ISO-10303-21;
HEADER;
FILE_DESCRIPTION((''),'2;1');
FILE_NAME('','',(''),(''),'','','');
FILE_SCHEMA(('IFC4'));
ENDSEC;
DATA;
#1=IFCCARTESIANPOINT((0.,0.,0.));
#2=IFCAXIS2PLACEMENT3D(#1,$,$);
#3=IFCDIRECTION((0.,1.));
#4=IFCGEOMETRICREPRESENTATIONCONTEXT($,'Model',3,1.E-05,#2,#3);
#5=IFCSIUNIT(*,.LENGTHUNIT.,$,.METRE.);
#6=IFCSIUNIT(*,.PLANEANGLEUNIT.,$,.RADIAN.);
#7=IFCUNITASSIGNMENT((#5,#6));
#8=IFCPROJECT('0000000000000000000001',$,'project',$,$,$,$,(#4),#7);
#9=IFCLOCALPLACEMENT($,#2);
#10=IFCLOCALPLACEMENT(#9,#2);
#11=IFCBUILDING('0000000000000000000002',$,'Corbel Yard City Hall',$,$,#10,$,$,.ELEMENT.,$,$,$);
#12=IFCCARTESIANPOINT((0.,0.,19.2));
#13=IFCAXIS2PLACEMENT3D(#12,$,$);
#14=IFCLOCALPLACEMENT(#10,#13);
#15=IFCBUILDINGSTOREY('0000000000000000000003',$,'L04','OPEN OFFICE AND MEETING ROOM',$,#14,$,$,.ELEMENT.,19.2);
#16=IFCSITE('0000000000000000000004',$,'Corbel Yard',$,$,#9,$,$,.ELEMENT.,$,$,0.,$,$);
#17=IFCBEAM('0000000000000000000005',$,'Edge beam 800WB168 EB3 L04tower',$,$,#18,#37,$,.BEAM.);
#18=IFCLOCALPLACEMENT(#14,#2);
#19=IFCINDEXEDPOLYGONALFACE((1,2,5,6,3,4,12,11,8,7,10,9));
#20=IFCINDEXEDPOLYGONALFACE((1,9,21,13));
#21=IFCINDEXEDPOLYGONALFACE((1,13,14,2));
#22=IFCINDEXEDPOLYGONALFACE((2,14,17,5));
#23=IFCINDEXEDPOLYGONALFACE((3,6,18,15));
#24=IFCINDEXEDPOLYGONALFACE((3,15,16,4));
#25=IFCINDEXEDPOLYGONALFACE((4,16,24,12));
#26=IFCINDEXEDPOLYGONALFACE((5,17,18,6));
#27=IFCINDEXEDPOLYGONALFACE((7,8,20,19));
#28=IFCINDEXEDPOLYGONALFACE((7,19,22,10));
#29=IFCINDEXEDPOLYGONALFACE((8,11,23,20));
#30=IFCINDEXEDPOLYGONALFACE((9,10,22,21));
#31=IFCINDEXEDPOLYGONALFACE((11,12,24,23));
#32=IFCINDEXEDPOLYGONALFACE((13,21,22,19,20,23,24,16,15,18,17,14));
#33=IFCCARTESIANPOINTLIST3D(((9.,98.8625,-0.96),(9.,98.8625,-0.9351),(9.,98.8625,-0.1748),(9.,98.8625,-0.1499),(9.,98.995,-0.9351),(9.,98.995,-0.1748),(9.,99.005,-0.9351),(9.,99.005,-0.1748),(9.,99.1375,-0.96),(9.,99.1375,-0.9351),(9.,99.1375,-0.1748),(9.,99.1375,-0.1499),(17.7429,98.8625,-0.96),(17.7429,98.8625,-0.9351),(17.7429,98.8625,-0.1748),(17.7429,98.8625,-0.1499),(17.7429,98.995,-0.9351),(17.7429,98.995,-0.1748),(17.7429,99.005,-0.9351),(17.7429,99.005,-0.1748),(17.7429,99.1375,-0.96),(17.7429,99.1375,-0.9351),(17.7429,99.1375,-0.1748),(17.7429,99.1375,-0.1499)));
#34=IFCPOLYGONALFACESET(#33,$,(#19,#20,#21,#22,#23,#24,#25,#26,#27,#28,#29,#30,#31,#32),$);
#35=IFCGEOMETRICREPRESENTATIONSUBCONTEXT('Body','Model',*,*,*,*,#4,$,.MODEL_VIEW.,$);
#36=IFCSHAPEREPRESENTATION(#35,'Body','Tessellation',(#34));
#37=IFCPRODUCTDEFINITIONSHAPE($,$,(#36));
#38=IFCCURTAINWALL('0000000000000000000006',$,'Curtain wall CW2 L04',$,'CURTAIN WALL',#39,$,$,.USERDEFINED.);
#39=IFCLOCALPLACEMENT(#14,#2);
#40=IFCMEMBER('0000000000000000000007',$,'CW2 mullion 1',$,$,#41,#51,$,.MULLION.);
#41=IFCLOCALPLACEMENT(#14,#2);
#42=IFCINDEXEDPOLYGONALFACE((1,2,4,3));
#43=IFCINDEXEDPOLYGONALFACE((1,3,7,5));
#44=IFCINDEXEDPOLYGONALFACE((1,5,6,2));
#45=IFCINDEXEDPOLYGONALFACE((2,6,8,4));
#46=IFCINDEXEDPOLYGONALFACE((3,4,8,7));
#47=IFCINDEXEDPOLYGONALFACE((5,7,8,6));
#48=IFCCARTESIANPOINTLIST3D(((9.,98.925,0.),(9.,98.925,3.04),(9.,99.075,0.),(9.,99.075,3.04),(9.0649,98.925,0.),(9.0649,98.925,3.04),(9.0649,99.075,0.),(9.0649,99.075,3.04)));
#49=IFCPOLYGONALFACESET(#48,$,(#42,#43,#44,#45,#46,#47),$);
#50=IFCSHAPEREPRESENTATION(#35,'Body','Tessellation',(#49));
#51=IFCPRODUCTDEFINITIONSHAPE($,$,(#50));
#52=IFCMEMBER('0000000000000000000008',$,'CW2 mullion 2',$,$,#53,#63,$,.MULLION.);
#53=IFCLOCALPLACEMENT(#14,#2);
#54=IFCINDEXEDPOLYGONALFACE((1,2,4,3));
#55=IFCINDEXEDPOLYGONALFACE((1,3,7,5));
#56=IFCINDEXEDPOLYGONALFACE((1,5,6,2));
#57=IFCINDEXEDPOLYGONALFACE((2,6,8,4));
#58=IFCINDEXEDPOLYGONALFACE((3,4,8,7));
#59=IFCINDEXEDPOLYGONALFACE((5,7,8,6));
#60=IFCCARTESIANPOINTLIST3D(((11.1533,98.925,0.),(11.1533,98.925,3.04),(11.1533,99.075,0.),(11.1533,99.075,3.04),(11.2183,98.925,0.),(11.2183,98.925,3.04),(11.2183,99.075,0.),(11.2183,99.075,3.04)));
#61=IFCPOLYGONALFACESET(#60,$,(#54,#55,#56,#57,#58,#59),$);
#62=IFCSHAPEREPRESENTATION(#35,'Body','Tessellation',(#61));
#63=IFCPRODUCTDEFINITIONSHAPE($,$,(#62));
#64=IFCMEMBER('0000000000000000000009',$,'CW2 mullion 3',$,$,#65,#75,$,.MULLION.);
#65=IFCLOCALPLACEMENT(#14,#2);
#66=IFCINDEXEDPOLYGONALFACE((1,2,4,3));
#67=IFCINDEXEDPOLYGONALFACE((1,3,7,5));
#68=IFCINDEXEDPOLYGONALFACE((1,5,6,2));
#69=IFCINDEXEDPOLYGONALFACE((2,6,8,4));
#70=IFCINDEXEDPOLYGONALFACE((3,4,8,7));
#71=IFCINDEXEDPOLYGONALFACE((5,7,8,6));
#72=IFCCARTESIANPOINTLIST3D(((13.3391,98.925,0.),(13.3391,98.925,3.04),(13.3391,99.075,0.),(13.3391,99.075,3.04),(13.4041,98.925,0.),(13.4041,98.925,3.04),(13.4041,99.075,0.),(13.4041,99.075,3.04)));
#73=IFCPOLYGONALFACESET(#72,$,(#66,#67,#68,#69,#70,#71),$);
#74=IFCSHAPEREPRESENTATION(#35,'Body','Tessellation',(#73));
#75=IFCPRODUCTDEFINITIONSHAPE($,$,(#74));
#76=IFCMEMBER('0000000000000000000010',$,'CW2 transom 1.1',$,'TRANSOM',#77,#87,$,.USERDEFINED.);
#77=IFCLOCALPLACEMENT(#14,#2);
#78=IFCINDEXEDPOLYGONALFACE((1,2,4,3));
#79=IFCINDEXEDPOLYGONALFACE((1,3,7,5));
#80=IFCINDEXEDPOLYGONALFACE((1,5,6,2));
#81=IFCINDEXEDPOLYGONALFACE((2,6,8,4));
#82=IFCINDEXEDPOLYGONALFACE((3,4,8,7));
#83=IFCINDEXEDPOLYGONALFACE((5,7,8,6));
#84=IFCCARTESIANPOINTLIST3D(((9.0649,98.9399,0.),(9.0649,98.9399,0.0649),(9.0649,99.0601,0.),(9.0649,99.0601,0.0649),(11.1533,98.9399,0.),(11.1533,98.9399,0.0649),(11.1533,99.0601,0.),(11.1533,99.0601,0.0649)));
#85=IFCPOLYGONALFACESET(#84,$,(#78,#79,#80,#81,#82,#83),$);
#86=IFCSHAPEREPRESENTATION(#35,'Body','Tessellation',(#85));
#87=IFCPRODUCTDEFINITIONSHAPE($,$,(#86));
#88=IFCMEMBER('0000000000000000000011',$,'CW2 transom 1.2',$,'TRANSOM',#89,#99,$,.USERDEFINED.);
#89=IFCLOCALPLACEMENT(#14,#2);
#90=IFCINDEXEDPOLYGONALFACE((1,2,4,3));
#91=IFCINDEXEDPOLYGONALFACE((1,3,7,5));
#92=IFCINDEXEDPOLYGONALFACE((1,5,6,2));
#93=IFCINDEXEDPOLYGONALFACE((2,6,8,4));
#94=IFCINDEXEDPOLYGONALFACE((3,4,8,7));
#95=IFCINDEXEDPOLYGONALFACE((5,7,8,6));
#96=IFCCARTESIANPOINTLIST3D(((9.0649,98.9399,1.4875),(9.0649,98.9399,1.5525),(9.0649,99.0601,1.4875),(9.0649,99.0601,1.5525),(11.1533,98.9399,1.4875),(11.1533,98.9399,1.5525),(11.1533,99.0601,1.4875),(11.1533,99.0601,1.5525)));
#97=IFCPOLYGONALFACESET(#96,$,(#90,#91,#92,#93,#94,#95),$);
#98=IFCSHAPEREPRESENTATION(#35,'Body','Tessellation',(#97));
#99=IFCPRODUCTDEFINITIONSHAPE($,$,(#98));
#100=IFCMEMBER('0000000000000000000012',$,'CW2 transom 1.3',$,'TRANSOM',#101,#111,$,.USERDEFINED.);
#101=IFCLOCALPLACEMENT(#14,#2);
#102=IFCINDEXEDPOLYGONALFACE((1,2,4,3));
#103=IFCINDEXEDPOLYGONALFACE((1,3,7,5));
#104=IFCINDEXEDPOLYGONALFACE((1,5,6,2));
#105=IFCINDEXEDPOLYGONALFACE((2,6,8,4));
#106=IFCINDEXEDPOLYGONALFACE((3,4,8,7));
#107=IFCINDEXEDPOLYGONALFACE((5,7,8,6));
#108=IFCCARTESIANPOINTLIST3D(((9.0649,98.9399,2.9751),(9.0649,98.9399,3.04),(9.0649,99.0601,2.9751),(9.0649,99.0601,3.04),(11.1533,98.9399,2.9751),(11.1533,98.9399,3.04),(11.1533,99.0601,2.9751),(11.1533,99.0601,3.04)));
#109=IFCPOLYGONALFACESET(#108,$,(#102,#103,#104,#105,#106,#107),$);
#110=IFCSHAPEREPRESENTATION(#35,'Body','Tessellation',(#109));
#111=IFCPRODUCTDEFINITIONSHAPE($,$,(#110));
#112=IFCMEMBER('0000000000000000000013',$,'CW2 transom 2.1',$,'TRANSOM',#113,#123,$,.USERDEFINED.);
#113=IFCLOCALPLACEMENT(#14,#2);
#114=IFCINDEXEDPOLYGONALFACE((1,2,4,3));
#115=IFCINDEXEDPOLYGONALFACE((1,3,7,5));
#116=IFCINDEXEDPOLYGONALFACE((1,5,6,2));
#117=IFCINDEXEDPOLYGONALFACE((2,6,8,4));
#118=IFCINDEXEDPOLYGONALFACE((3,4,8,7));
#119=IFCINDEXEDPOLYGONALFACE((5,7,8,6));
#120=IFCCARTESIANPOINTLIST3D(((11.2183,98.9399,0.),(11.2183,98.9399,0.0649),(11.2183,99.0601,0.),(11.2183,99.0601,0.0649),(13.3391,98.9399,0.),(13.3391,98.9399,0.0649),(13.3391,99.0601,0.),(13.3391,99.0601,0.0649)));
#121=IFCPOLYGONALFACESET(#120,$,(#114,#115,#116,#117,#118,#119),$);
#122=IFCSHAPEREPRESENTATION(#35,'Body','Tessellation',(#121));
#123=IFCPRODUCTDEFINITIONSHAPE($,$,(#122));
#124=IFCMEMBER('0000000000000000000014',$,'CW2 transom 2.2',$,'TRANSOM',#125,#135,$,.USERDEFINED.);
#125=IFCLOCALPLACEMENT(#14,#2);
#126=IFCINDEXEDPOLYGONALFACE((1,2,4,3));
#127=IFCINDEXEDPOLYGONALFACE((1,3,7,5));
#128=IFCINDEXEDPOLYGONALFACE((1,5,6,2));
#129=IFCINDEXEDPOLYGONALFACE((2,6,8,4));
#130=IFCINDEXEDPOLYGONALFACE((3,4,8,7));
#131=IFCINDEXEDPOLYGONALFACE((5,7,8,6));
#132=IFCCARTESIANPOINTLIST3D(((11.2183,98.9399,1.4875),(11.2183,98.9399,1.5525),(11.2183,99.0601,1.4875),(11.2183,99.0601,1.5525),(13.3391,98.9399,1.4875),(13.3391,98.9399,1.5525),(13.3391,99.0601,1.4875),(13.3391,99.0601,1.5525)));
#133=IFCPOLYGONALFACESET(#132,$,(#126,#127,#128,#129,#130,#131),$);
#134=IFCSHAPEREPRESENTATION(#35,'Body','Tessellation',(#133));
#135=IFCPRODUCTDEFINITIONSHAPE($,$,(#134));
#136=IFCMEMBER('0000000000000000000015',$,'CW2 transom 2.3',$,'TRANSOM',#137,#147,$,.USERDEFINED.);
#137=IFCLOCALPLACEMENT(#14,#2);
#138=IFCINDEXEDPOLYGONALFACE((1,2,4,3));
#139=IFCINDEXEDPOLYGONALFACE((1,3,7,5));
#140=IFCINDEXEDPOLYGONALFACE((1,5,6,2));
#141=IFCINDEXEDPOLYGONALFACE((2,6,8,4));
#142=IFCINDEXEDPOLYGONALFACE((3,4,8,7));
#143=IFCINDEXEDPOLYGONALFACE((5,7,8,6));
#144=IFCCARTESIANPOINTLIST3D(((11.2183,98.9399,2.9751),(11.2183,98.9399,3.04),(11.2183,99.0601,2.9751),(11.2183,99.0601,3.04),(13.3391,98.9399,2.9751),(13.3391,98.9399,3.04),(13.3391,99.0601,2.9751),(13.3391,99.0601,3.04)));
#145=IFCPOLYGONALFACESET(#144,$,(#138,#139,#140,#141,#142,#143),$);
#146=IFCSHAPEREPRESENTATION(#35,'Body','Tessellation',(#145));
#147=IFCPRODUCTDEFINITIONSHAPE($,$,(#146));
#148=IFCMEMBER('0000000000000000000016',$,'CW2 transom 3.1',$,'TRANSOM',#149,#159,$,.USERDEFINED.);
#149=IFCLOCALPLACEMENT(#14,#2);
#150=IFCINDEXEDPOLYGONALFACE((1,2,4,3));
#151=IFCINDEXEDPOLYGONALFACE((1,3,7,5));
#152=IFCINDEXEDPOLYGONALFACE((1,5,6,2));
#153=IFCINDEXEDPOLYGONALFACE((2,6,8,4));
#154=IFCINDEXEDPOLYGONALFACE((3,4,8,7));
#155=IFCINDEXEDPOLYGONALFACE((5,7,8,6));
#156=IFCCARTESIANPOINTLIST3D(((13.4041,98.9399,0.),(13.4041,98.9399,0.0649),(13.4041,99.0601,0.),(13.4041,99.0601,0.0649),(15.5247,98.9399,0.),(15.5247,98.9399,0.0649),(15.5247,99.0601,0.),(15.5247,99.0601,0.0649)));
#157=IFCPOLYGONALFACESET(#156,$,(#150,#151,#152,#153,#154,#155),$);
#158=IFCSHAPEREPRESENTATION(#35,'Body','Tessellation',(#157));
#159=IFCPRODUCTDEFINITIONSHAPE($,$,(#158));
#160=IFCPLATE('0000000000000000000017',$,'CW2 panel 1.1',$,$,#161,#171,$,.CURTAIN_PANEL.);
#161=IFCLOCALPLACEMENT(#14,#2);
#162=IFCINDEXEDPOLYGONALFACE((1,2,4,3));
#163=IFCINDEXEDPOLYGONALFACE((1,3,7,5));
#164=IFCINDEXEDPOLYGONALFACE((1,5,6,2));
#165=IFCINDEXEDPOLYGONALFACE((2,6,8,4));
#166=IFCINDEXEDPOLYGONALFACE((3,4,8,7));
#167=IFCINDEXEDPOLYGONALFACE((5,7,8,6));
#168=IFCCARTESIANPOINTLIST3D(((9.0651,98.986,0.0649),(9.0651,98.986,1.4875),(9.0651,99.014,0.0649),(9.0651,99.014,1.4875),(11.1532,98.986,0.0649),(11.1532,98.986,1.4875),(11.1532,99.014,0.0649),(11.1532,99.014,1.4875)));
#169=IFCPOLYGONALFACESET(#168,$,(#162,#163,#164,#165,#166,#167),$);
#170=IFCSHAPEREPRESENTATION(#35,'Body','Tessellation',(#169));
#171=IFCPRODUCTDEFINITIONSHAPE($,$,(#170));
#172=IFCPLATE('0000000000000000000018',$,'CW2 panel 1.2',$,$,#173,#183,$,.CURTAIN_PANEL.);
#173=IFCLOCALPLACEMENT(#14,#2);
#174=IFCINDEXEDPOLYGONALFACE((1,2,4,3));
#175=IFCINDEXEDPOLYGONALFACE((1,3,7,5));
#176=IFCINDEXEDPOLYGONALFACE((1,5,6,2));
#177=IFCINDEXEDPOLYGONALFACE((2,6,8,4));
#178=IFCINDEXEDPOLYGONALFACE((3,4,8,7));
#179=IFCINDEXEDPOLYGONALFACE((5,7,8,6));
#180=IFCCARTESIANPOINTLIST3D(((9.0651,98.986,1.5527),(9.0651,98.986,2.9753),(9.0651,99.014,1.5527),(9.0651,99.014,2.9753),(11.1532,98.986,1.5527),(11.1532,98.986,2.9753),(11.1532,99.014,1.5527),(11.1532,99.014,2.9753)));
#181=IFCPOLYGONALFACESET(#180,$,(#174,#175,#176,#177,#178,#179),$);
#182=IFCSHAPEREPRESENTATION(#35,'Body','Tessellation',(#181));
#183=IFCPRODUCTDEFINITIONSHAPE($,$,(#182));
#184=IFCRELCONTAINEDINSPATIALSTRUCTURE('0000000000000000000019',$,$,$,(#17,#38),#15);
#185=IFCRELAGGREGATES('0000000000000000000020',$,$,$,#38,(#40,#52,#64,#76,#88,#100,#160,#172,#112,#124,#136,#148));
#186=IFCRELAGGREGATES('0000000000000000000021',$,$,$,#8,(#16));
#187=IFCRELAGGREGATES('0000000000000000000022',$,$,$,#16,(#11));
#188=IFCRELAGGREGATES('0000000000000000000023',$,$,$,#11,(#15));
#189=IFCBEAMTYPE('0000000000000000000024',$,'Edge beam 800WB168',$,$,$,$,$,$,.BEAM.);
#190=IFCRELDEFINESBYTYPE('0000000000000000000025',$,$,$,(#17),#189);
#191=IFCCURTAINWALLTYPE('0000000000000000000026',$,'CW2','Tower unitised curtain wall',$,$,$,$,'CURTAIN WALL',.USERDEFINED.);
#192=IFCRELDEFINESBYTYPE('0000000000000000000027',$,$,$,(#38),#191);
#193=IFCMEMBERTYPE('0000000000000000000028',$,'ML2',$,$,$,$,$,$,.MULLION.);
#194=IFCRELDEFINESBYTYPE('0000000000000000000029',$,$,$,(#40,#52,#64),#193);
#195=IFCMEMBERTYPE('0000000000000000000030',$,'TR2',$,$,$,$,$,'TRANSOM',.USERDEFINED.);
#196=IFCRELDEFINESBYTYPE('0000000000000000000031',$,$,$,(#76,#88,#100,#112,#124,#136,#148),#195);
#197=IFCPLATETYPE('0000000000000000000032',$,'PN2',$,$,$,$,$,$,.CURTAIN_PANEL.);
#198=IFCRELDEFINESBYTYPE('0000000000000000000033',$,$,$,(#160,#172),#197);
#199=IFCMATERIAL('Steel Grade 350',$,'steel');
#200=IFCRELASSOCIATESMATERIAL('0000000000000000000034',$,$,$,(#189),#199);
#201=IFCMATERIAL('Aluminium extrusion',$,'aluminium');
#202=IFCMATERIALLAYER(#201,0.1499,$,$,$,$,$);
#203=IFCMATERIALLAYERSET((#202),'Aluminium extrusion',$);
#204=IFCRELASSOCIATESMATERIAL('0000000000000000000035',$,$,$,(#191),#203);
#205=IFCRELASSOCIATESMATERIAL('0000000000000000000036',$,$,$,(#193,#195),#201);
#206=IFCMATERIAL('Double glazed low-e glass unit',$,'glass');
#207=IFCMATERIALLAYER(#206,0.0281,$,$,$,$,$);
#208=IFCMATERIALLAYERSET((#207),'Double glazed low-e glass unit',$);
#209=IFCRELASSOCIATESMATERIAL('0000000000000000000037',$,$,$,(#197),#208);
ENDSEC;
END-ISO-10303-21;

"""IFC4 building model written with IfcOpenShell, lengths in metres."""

from ifc_helpers import new_model, si_unit, direction, frame, origin, origin_2d, place, context, subcontext, project, spatial, rectangle, i_section, extrude, material, layer, layer_set, material_profile, profile_set, type_object, element, aggregate, save


model = new_model("IFC4")

# Units and contexts
model_context = context("Model", 3, precision=1e-05, world=origin(), true_north=direction((0.0, 1.0)))
body_context = subcontext(model_context, "Body", "Model", "MODEL_VIEW")
ifc_project = project(units=[si_unit("LENGTHUNIT", "METRE"), si_unit("PLANEANGLEUNIT", "RADIAN")], contexts=[model_context])

# Site, building, storey
site_placement = place(None, origin())
site = spatial("IfcSite", under=ifc_project, at=site_placement, Name="Corbel Yard", CompositionType="ELEMENT", RefElevation=0.0)
building_placement = place(site_placement, origin())
building = spatial("IfcBuilding", under=site, at=building_placement, Name="Corbel Yard City Hall", CompositionType="ELEMENT")
storey_placement = place(building_placement, frame((0.0, 0.0, 19.2)))
storey = spatial("IfcBuildingStorey", under=building, at=storey_placement, Name="L04", Description="OPEN OFFICE AND MEETING ROOM", CompositionType="ELEMENT", Elevation=19.2)

# Beam
ifc_material_1 = material(Name="Steel Grade 350", Category="steel")
ifc_material_profile_1 = material_profile(ifc_material_1, i_section(OverallWidth=0.2749, OverallDepth=0.8101, WebThickness=0.01, FlangeThickness=0.0249, at=origin_2d()), Name="800WB168")
ifc_profile_set_1 = profile_set([ifc_material_profile_1], Name="Steel Grade 350")
beam_type = type_object("IfcBeamType", Name="Edge beam 800WB168", PredefinedType="BEAM", material=ifc_profile_set_1)
beam_placement = place(storey_placement, frame((9.0, 99.0, -0.5549), z_axis=(1.0, 0.0, 0.0), x_axis=(0.0, 1.0, 0.0)))
element("IfcBeam", 1, at=beam_placement, inside=storey, type_object=beam_type, Name="Edge beam 800WB168 EB3 L04tower", PredefinedType="BEAM", context=body_context, shape_type="SweptSolid", body=[
    extrude(i_section(OverallWidth=0.2749, OverallDepth=0.8101, WebThickness=0.01, FlangeThickness=0.0249, at=origin_2d()), origin(), (0.0, 0.0, 1.0), 8.7429),
])

# Curtain wall, members, plates
ifc_material_2 = material(Name="Aluminium extrusion", Category="aluminium")
ifc_layer_1 = layer(ifc_material_2, 0.1499)
ifc_layer_set_1 = layer_set([ifc_layer_1], Name="Aluminium extrusion")
curtain_wall_type = type_object("IfcCurtainWallType", Name="CW2", Description="Tower unitised curtain wall", ElementType="CURTAIN WALL", PredefinedType="USERDEFINED", material=ifc_layer_set_1)
curtain_wall_placement = place(storey_placement, origin())
curtain_wall = element("IfcCurtainWall", 2, at=curtain_wall_placement, inside=storey, type_object=curtain_wall_type, Name="Curtain wall CW2 L04", ObjectType="CURTAIN WALL", PredefinedType="USERDEFINED")
ifc_material_profile_2 = material_profile(ifc_material_2, rectangle(XDim=0.1499, YDim=0.0649, at=origin_2d()), Name="150x65")
ifc_profile_set_2 = profile_set([ifc_material_profile_2], Name="Aluminium extrusion")
member_type_1 = type_object("IfcMemberType", Name="ML2", PredefinedType="MULLION", material=ifc_profile_set_2)
member_1_placement = place(storey_placement, frame((9.0325, 99.0, 0.0), z_axis=(0.0, 0.0, 1.0), x_axis=(0.0, 1.0, 0.0)))
member_1 = element("IfcMember", 3, at=member_1_placement, type_object=member_type_1, Name="CW2 mullion 1", PredefinedType="MULLION", context=body_context, shape_type="SweptSolid", body=[
    extrude(rectangle(XDim=0.1499, YDim=0.0649, at=origin_2d()), origin(), (0.0, 0.0, 1.0), 3.04),
])
member_2_placement = place(storey_placement, frame((11.1858, 99.0, 0.0), z_axis=(0.0, 0.0, 1.0), x_axis=(0.0, 1.0, 0.0)))
member_2 = element("IfcMember", 4, at=member_2_placement, type_object=member_type_1, Name="CW2 mullion 2", PredefinedType="MULLION", context=body_context, shape_type="SweptSolid", body=[
    extrude(rectangle(XDim=0.1499, YDim=0.0649, at=origin_2d()), origin(), (0.0, 0.0, 1.0), 3.04),
])
member_3_placement = place(storey_placement, frame((13.3716, 99.0, 0.0), z_axis=(0.0, 0.0, 1.0), x_axis=(0.0, 1.0, 0.0)))
member_3 = element("IfcMember", 5, at=member_3_placement, type_object=member_type_1, Name="CW2 mullion 3", PredefinedType="MULLION", context=body_context, shape_type="SweptSolid", body=[
    extrude(rectangle(XDim=0.1499, YDim=0.0649, at=origin_2d()), origin(), (0.0, 0.0, 1.0), 3.04),
])
ifc_material_profile_3 = material_profile(ifc_material_2, rectangle(XDim=0.1201, YDim=0.0649, at=origin_2d()), Name="120x65")
ifc_profile_set_3 = profile_set([ifc_material_profile_3], Name="Aluminium extrusion")
member_type_2 = type_object("IfcMemberType", Name="TR2", ElementType="TRANSOM", PredefinedType="USERDEFINED", material=ifc_profile_set_3)
member_4_placement = place(storey_placement, frame((9.0649, 99.0, 0.0325), z_axis=(1.0, 0.0, 0.0), x_axis=(0.0, 1.0, 0.0)))
member_4 = element("IfcMember", 6, at=member_4_placement, type_object=member_type_2, Name="CW2 transom 1.1", ObjectType="TRANSOM", PredefinedType="USERDEFINED", context=body_context, shape_type="SweptSolid", body=[
    extrude(rectangle(XDim=0.1201, YDim=0.0649, at=origin_2d()), origin(), (0.0, 0.0, 1.0), 2.0884),
])
member_5_placement = place(storey_placement, frame((9.0649, 99.0, 1.52), z_axis=(1.0, 0.0, 0.0), x_axis=(0.0, 1.0, 0.0)))
member_5 = element("IfcMember", 7, at=member_5_placement, type_object=member_type_2, Name="CW2 transom 1.2", ObjectType="TRANSOM", PredefinedType="USERDEFINED", context=body_context, shape_type="SweptSolid", body=[
    extrude(rectangle(XDim=0.1201, YDim=0.0649, at=origin_2d()), origin(), (0.0, 0.0, 1.0), 2.0884),
])
member_6_placement = place(storey_placement, frame((9.0649, 99.0, 3.0076), z_axis=(1.0, 0.0, 0.0), x_axis=(0.0, 1.0, 0.0)))
member_6 = element("IfcMember", 8, at=member_6_placement, type_object=member_type_2, Name="CW2 transom 1.3", ObjectType="TRANSOM", PredefinedType="USERDEFINED", context=body_context, shape_type="SweptSolid", body=[
    extrude(rectangle(XDim=0.1201, YDim=0.0649, at=origin_2d()), origin(), (0.0, 0.0, 1.0), 2.0884),
])
member_7_placement = place(storey_placement, frame((11.2183, 99.0, 0.0325), z_axis=(1.0, 0.0, 0.0), x_axis=(0.0, 1.0, 0.0)))
member_7 = element("IfcMember", 9, at=member_7_placement, type_object=member_type_2, Name="CW2 transom 2.1", ObjectType="TRANSOM", PredefinedType="USERDEFINED", context=body_context, shape_type="SweptSolid", body=[
    extrude(rectangle(XDim=0.1201, YDim=0.0649, at=origin_2d()), origin(), (0.0, 0.0, 1.0), 2.1208),
])
member_8_placement = place(storey_placement, frame((11.2183, 99.0, 1.52), z_axis=(1.0, 0.0, 0.0), x_axis=(0.0, 1.0, 0.0)))
member_8 = element("IfcMember", 10, at=member_8_placement, type_object=member_type_2, Name="CW2 transom 2.2", ObjectType="TRANSOM", PredefinedType="USERDEFINED", context=body_context, shape_type="SweptSolid", body=[
    extrude(rectangle(XDim=0.1201, YDim=0.0649, at=origin_2d()), origin(), (0.0, 0.0, 1.0), 2.1208),
])
member_9_placement = place(storey_placement, frame((11.2183, 99.0, 3.0076), z_axis=(1.0, 0.0, 0.0), x_axis=(0.0, 1.0, 0.0)))
member_9 = element("IfcMember", 11, at=member_9_placement, type_object=member_type_2, Name="CW2 transom 2.3", ObjectType="TRANSOM", PredefinedType="USERDEFINED", context=body_context, shape_type="SweptSolid", body=[
    extrude(rectangle(XDim=0.1201, YDim=0.0649, at=origin_2d()), origin(), (0.0, 0.0, 1.0), 2.1208),
])
member_10_placement = place(storey_placement, frame((13.4041, 99.0, 0.0325), z_axis=(1.0, 0.0, 0.0), x_axis=(0.0, 1.0, 0.0)))
member_10 = element("IfcMember", 12, at=member_10_placement, type_object=member_type_2, Name="CW2 transom 3.1", ObjectType="TRANSOM", PredefinedType="USERDEFINED", context=body_context, shape_type="SweptSolid", body=[
    extrude(rectangle(XDim=0.1201, YDim=0.0649, at=origin_2d()), origin(), (0.0, 0.0, 1.0), 2.1206),
])
ifc_material_3 = material(Name="Double glazed low-e glass unit", Category="glass")
ifc_layer_2 = layer(ifc_material_3, 0.0281)
ifc_layer_set_2 = layer_set([ifc_layer_2], Name="Double glazed low-e glass unit")
plate_type = type_object("IfcPlateType", Name="PN2", PredefinedType="CURTAIN_PANEL", material=ifc_layer_set_2)
plate_1_placement = place(storey_placement, frame((10.1091, 99.0, 0.0649), z_axis=(0.0, 0.0, 1.0), x_axis=(1.0, 0.0, 0.0)))
plate_1 = element("IfcPlate", 13, at=plate_1_placement, type_object=plate_type, Name="CW2 panel 1.1", PredefinedType="CURTAIN_PANEL", context=body_context, shape_type="SweptSolid", body=[
    extrude(rectangle(XDim=2.0881, YDim=0.0281, at=origin_2d()), origin(), (0.0, 0.0, 1.0), 1.4226),
])
plate_2_placement = place(storey_placement, frame((10.1091, 99.0, 1.5527), z_axis=(0.0, 0.0, 1.0), x_axis=(1.0, 0.0, 0.0)))
plate_2 = element("IfcPlate", 14, at=plate_2_placement, type_object=plate_type, Name="CW2 panel 1.2", PredefinedType="CURTAIN_PANEL", context=body_context, shape_type="SweptSolid", body=[
    extrude(rectangle(XDim=2.0881, YDim=0.0281, at=origin_2d()), origin(), (0.0, 0.0, 1.0), 1.4226),
])
aggregate(curtain_wall, [member_1, member_2, member_3, member_4, member_5, member_6, plate_1, plate_2, member_7, member_8, member_9, member_10])

save(model, "model.ifc")
